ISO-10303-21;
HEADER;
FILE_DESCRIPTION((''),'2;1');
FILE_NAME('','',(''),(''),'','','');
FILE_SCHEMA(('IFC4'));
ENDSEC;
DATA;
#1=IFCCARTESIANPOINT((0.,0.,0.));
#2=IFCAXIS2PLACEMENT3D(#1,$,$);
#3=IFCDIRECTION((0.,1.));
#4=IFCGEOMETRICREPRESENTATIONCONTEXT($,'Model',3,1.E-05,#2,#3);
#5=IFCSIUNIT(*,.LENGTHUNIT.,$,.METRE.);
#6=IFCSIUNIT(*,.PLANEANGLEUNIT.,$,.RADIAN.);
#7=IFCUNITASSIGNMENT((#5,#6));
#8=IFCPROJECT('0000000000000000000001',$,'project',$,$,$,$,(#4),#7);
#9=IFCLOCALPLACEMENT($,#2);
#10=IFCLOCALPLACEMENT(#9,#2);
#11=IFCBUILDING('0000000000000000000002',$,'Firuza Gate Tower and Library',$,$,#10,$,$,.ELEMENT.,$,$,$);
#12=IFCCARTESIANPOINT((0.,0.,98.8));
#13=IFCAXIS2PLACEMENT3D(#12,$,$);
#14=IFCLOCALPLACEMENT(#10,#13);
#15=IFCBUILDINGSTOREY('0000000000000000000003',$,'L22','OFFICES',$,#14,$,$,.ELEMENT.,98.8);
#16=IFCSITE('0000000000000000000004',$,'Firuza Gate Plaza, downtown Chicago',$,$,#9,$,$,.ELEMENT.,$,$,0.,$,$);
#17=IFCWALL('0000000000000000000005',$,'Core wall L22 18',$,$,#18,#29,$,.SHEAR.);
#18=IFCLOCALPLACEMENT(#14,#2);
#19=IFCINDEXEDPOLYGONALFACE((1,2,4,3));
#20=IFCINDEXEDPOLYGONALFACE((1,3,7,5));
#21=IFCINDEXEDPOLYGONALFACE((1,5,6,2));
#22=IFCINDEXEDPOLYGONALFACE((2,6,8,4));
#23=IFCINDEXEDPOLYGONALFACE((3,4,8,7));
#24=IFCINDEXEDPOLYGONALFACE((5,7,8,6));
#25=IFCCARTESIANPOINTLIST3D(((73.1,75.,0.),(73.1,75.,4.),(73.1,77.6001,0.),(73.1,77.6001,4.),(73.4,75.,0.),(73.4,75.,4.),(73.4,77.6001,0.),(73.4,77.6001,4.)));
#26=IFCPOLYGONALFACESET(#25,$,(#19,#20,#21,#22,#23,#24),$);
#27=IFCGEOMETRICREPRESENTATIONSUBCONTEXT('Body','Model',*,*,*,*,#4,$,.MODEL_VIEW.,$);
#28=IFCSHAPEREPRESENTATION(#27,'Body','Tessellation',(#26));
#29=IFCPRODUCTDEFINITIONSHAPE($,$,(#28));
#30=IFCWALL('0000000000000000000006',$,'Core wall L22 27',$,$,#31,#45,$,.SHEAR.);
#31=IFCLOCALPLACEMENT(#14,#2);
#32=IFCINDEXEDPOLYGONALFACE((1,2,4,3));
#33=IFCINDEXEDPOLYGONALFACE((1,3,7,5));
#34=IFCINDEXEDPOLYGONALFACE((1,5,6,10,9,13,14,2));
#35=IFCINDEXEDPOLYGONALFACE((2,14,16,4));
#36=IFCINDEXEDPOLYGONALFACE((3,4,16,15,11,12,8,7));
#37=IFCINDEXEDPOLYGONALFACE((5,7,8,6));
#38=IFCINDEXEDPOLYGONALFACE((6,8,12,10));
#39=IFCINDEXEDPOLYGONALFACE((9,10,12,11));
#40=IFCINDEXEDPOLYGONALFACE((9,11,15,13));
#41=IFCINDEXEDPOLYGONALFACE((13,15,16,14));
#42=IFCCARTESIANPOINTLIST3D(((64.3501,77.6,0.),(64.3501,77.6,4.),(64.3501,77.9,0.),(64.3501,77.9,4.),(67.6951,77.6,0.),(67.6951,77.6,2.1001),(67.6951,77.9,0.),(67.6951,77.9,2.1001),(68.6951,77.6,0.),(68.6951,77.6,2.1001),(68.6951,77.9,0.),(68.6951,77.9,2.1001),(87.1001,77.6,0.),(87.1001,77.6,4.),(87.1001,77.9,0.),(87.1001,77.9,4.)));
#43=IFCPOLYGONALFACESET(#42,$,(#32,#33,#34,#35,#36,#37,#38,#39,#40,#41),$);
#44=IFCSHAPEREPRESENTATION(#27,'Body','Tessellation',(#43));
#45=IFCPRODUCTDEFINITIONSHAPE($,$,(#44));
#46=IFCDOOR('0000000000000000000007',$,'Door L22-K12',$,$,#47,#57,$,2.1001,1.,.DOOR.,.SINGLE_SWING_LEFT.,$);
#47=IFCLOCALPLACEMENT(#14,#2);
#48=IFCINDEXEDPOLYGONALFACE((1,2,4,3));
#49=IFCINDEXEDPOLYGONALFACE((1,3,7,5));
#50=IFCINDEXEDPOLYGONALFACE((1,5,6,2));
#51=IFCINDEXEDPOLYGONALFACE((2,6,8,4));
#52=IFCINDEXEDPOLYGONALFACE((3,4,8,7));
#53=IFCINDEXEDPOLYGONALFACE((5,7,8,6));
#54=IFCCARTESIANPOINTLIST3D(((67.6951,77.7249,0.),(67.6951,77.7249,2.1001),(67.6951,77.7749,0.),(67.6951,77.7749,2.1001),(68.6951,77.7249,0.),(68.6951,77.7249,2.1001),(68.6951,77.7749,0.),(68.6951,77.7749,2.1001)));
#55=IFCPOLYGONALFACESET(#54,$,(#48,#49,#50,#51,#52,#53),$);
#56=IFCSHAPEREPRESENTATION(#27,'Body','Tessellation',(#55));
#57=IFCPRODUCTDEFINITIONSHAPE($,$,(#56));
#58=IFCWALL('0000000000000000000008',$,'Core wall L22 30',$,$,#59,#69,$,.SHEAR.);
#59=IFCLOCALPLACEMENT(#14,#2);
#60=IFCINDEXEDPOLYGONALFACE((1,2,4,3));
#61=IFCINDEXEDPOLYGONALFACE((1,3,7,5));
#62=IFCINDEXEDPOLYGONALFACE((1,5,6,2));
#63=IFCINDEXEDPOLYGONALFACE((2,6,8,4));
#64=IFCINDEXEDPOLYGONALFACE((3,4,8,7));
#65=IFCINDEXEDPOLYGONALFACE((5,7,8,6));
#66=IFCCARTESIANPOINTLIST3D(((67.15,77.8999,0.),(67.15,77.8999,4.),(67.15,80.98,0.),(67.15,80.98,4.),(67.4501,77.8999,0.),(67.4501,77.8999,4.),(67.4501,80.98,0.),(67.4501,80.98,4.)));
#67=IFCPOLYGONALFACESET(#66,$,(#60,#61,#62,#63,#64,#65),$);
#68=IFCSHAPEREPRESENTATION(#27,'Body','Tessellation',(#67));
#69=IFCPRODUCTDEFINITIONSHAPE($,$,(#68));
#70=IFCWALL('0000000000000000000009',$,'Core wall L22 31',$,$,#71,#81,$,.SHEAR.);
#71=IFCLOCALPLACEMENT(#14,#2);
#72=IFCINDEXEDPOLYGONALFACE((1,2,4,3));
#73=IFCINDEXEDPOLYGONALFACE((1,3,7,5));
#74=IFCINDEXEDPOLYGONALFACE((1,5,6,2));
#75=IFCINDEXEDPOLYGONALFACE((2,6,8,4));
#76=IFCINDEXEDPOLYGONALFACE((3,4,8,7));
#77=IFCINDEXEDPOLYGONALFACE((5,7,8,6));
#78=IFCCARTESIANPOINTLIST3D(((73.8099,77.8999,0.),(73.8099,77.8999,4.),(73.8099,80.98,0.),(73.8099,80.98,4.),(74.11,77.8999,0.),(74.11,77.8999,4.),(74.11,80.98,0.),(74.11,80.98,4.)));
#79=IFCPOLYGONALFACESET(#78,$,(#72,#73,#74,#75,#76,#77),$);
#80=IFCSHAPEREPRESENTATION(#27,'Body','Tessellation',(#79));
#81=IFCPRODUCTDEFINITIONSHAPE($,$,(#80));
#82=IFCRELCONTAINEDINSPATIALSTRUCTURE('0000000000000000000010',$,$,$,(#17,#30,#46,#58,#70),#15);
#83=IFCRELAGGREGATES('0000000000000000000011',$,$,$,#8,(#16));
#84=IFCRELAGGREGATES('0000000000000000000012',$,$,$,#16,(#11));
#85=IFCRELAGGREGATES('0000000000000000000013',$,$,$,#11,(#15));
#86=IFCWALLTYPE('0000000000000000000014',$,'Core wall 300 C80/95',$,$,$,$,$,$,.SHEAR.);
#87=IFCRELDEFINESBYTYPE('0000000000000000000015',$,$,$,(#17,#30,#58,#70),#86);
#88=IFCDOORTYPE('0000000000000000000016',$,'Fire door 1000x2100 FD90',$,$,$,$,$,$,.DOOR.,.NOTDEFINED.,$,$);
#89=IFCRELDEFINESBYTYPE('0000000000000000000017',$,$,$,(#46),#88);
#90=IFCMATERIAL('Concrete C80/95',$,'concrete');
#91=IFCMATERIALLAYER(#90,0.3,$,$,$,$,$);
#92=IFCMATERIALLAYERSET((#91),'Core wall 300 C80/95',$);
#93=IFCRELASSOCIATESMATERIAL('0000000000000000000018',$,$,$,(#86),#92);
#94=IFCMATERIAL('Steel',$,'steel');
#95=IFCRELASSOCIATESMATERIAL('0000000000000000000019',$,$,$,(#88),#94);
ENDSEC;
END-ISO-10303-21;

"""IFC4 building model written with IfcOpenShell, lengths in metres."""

from ifc_helpers import new_model, si_unit, direction, frame, frame_2d, origin, place, context, subcontext, project, spatial, rectangle, extrude, material, layer, layer_set, type_object, element, fill, save


model = new_model("IFC4")

# Units and contexts
model_context = context("Model", 3, precision=1e-05, world=origin(), true_north=direction((0.0, 1.0)))
body_context = subcontext(model_context, "Body", "Model", "MODEL_VIEW")
ifc_project = project(units=[si_unit("LENGTHUNIT", "METRE"), si_unit("PLANEANGLEUNIT", "RADIAN")], contexts=[model_context])

# Site, building, storey
site_placement = place(None, origin())
site = spatial("IfcSite", under=ifc_project, at=site_placement, Name="Firuza Gate Plaza, downtown Chicago", CompositionType="ELEMENT", RefElevation=0.0)
building_placement = place(site_placement, origin())
building = spatial("IfcBuilding", under=site, at=building_placement, Name="Firuza Gate Tower and Library", CompositionType="ELEMENT")
storey_placement = place(building_placement, frame((0.0, 0.0, 98.8)))
storey = spatial("IfcBuildingStorey", under=building, at=storey_placement, Name="L22", Description="OFFICES", CompositionType="ELEMENT", Elevation=98.8)

# Shared definitions
ifc_material_1 = material(Name="Concrete C80/95", Category="concrete")
ifc_layer_1 = layer(ifc_material_1, 0.3)
ifc_layer_set_1 = layer_set([ifc_layer_1], Name="Core wall 300 C80/95")
wall_type_1 = type_object("IfcWallType", Name="Core wall 300 C80/95", PredefinedType="SHEAR", material=ifc_layer_set_1)

# Wall
wall_1_placement = place(storey_placement, frame((73.25, 75.0, 0.0), z_axis=(0.0, 0.0, 1.0), x_axis=(0.0, 1.0, 0.0)))
element("IfcWall", 1, at=wall_1_placement, inside=storey, type_object=wall_type_1, Name="Core wall L22 18", PredefinedType="SHEAR", context=body_context, shape_type="SweptSolid", body=[
    extrude(rectangle(XDim=2.6001, YDim=0.3, at=frame_2d((1.3, 0.0))), origin(), (0.0, 0.0, 1.0), 4.0),
])

# Wall, opening, door
wall_2_placement = place(storey_placement, frame((64.3501, 77.75, 0.0), z_axis=(0.0, 0.0, 1.0), x_axis=(1.0, 0.0, 0.0)))
wall_2 = element("IfcWall", 2, at=wall_2_placement, inside=storey, type_object=wall_type_1, Name="Core wall L22 27", PredefinedType="SHEAR", context=body_context, shape_type="SweptSolid", body=[
    extrude(rectangle(XDim=22.75, YDim=0.3, at=frame_2d((11.375, 0.0))), origin(), (0.0, 0.0, 1.0), 4.0),
])
opening_1_placement = place(wall_2_placement, frame((3.345, 0.0, 0.0)))
opening_1 = element("IfcOpeningElement", 3, at=opening_1_placement, cuts=wall_2, PredefinedType="OPENING", context=body_context, shape_type="SweptSolid", body=[
    extrude(rectangle(XDim=1.0, YDim=2.1001, at=frame_2d((0.5, 1.05))), frame((0.0, 0.1602, 0.0), z_axis=(0.0, -1.0, 0.0), x_axis=(1.0, 0.0, 0.0)), (0.0, 0.0, 1.0), 0.3201),
])
ifc_material_2 = material(Name="Steel", Category="steel")
door_type_1 = type_object("IfcDoorType", Name="Fire door 1000x2100 FD90", OperationType="NOTDEFINED", PredefinedType="DOOR", material=ifc_material_2)
door_1_placement = place(opening_1_placement, origin())
door_1 = element("IfcDoor", 4, at=door_1_placement, inside=storey, type_object=door_type_1, Name="Door L22-K12", OperationType="SINGLE_SWING_LEFT", OverallHeight=2.1001, OverallWidth=1.0, PredefinedType="DOOR", context=body_context, shape_type="SweptSolid", body=[
    extrude(rectangle(XDim=1.0, YDim=2.1001, at=frame_2d((0.5, 1.05))), frame((0.0, 0.0249, 0.0), z_axis=(0.0, -1.0, 0.0), x_axis=(1.0, 0.0, 0.0)), (0.0, 0.0, 1.0), 0.05),
])
fill(opening_1, door_1)

# Walls
for number, where, z_axis, x_axis, name in (
    (5, (67.3, 77.8999, 0.0), (0.0, 0.0, 1.0), (0.0, 1.0, 0.0), "Core wall L22 30"),
    (6, (73.96, 77.8999, 0.0), (0.0, 0.0, 1.0), (0.0, 1.0, 0.0), "Core wall L22 31"),
):
    element("IfcWall", number, at=place(storey_placement, frame(where, z_axis=z_axis, x_axis=x_axis)), inside=storey, type_object=wall_type_1, Name=name, PredefinedType="SHEAR", context=body_context, shape_type="SweptSolid", body=[
        extrude(rectangle(XDim=3.0801, YDim=0.3, at=frame_2d((1.54, 0.0))), origin(), (0.0, 0.0, 1.0), 4.0),
    ])

save(model, "model.ifc")
